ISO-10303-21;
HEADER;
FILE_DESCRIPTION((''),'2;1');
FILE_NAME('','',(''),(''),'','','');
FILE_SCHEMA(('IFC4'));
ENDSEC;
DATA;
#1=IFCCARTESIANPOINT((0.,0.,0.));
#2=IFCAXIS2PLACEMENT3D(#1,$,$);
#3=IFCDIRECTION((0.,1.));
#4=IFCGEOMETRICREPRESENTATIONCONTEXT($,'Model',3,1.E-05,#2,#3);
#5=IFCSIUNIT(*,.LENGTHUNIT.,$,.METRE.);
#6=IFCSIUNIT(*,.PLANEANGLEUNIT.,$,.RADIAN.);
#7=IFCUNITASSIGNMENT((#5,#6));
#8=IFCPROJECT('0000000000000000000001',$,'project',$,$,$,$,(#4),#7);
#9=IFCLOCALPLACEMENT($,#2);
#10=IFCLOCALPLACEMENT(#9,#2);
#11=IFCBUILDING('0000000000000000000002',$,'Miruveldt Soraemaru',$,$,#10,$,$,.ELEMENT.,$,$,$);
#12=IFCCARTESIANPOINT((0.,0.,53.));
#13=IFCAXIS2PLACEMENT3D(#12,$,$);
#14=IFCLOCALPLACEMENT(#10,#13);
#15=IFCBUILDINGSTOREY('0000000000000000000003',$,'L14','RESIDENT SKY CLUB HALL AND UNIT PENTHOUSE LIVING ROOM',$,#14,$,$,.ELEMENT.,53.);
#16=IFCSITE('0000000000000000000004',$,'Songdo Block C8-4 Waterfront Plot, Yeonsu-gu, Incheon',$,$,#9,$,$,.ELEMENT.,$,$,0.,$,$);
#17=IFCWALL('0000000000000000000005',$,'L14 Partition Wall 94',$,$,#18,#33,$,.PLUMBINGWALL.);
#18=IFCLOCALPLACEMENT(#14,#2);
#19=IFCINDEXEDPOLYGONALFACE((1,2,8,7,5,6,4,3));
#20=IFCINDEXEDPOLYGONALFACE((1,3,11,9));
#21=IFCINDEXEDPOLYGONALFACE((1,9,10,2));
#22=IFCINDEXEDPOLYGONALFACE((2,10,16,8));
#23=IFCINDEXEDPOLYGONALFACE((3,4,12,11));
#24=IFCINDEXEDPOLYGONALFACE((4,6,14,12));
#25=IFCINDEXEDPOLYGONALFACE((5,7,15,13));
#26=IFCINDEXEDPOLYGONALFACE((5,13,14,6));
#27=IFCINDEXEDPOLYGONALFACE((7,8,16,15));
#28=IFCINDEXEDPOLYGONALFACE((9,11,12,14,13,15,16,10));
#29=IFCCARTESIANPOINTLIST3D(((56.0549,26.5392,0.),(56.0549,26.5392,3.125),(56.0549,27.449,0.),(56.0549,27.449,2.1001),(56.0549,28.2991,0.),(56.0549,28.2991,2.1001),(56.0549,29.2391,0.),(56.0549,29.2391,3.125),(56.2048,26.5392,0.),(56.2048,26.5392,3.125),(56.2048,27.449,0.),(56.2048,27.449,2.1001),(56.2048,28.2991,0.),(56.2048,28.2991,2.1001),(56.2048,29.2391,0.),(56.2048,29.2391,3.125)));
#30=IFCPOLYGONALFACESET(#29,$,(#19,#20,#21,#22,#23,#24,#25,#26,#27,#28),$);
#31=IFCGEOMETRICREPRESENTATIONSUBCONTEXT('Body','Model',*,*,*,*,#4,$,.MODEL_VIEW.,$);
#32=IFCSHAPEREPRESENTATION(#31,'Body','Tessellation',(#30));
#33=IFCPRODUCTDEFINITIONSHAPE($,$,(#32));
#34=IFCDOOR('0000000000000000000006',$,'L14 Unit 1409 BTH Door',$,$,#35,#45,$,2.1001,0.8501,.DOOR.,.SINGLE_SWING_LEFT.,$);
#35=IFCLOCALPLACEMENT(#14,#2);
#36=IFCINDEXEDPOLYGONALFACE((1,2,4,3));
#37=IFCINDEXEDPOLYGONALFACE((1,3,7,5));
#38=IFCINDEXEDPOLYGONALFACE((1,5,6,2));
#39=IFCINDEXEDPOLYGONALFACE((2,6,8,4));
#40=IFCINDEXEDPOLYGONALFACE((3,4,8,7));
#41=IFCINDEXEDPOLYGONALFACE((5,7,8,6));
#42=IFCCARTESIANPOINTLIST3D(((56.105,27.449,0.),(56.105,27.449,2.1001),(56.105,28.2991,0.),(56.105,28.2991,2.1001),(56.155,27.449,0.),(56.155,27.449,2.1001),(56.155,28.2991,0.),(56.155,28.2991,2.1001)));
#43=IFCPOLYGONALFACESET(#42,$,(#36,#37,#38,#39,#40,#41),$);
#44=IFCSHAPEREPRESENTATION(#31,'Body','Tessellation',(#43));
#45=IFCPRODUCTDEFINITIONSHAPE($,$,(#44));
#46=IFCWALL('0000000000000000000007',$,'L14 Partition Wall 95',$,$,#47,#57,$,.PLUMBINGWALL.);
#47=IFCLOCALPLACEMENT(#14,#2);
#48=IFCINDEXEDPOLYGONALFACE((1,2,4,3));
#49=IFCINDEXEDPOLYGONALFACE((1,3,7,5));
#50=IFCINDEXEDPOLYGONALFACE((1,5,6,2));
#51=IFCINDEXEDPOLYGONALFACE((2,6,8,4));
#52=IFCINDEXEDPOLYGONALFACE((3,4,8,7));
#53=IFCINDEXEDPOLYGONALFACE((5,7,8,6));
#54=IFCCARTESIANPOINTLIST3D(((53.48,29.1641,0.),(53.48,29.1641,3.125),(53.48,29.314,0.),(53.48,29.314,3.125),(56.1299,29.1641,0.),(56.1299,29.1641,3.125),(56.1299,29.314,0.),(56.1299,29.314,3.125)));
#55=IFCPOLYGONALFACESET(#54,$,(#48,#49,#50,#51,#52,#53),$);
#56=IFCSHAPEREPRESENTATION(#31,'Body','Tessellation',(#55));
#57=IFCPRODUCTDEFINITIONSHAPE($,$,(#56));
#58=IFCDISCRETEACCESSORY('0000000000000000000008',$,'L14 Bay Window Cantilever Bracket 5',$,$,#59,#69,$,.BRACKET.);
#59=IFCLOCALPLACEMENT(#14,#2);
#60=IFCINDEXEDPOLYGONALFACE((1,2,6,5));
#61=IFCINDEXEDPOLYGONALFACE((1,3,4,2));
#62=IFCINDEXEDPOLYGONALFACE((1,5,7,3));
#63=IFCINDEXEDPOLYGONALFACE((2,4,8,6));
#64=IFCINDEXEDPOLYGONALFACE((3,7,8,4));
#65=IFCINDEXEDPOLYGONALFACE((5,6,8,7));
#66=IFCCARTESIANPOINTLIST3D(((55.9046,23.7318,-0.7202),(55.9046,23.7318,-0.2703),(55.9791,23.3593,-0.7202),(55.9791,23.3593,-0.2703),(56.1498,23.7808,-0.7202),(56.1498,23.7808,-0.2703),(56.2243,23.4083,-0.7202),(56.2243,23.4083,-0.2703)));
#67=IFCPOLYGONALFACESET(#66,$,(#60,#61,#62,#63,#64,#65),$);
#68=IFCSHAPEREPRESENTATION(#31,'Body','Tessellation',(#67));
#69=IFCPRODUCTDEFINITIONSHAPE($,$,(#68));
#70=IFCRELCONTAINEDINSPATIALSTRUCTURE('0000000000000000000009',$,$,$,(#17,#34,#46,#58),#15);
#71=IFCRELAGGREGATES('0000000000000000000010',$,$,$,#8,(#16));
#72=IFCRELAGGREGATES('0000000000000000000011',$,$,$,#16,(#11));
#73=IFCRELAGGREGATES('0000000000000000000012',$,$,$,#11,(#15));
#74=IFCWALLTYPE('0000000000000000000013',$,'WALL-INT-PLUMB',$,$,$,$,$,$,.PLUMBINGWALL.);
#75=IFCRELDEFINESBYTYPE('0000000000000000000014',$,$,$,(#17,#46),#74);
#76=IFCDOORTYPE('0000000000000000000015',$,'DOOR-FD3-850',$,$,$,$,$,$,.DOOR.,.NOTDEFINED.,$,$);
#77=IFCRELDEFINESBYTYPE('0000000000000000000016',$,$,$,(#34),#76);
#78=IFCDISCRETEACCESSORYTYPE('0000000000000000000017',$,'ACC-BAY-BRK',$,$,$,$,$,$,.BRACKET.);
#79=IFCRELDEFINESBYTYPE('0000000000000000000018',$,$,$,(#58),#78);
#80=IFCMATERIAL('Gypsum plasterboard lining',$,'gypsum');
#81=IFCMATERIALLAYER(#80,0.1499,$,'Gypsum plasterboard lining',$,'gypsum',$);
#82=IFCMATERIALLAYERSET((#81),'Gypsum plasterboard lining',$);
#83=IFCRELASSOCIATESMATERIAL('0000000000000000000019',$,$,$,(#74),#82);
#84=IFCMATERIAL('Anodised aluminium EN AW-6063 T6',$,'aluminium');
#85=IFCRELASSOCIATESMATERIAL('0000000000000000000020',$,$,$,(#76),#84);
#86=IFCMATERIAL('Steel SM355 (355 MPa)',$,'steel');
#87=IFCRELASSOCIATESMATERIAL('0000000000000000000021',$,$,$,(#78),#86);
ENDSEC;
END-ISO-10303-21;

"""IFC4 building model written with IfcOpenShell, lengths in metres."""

from ifc_helpers import new_model, si_unit, direction, frame, frame_2d, origin, origin_2d, place, context, subcontext, project, spatial, rectangle, extrude, material, layer, layer_set, type_object, element, fill, save


model = new_model("IFC4")

# Units and contexts
model_context = context("Model", 3, precision=1e-05, world=origin(), true_north=direction((0.0, 1.0)))
body_context = subcontext(model_context, "Body", "Model", "MODEL_VIEW")
ifc_project = project(units=[si_unit("LENGTHUNIT", "METRE"), si_unit("PLANEANGLEUNIT", "RADIAN")], contexts=[model_context])

# Site, building, storey
site_placement = place(None, origin())
site = spatial("IfcSite", under=ifc_project, at=site_placement, Name="Songdo Block C8-4 Waterfront Plot, Yeonsu-gu, Incheon", CompositionType="ELEMENT", RefElevation=0.0)
building_placement = place(site_placement, origin())
building = spatial("IfcBuilding", under=site, at=building_placement, Name="Miruveldt Soraemaru", CompositionType="ELEMENT")
storey_placement = place(building_placement, frame((0.0, 0.0, 53.0)))
storey = spatial("IfcBuildingStorey", under=building, at=storey_placement, Name="L14", Description="RESIDENT SKY CLUB HALL AND UNIT PENTHOUSE LIVING ROOM", CompositionType="ELEMENT", Elevation=53.0)

# Shared definitions
ifc_material_1 = material(Name="Anodised aluminium EN AW-6063 T6", Category="aluminium")

# Shared definitions
ifc_material_2 = material(Name="Gypsum plasterboard lining", Category="gypsum")

# Wall, opening, door
ifc_layer_1 = layer(ifc_material_2, 0.1499, Name="Gypsum plasterboard lining", Category="gypsum")
ifc_layer_set_1 = layer_set([ifc_layer_1], Name="Gypsum plasterboard lining")
wall_type_1 = type_object("IfcWallType", Name="WALL-INT-PLUMB", PredefinedType="PLUMBINGWALL", material=ifc_layer_set_1)
wall_1_placement = place(storey_placement, frame((56.1299, 26.5391, 0.0), z_axis=(0.0, 0.0, 1.0), x_axis=(0.0, 1.0, 0.0)))
wall_1 = element("IfcWall", 1, at=wall_1_placement, inside=storey, type_object=wall_type_1, Name="L14 Partition Wall 94", PredefinedType="PLUMBINGWALL", context=body_context, shape_type="SweptSolid", body=[
    extrude(rectangle(XDim=2.7, YDim=0.1499, at=frame_2d((1.3501, 0.0))), origin(), (0.0, 0.0, 1.0), 3.125),
])
opening_1_placement = place(wall_1_placement, frame((0.9099, 0.0, 0.0)))
opening_1 = element("IfcOpeningElement", 2, at=opening_1_placement, cuts=wall_1, PredefinedType="OPENING", context=body_context, shape_type="SweptSolid", body=[
    extrude(rectangle(XDim=0.8501, YDim=2.1001, at=frame_2d((0.425, 1.05))), frame((0.0, 0.085, 0.0), z_axis=(0.0, -1.0, 0.0), x_axis=(1.0, 0.0, 0.0)), (0.0, 0.0, 1.0), 0.1699),
])
door_type_1 = type_object("IfcDoorType", Name="DOOR-FD3-850", OperationType="NOTDEFINED", PredefinedType="DOOR", material=ifc_material_1)
door_1_placement = place(opening_1_placement, origin())
door_1 = element("IfcDoor", 3, at=door_1_placement, inside=storey, type_object=door_type_1, Name="L14 Unit 1409 BTH Door", OperationType="SINGLE_SWING_LEFT", OverallHeight=2.1001, OverallWidth=0.8501, PredefinedType="DOOR", context=body_context, shape_type="SweptSolid", body=[
    extrude(rectangle(XDim=0.8501, YDim=2.1001, at=frame_2d((0.425, 1.05))), frame((0.0, 0.0249, 0.0), z_axis=(0.0, -1.0, 0.0), x_axis=(1.0, 0.0, 0.0)), (0.0, 0.0, 1.0), 0.05),
])
fill(opening_1, door_1)

# Wall
wall_2_placement = place(storey_placement, frame((56.1299, 29.239, 0.0), z_axis=(0.0, 0.0, 1.0), x_axis=(-1.0, 0.0, 0.0)))
element("IfcWall", 4, at=wall_2_placement, inside=storey, type_object=wall_type_1, Name="L14 Partition Wall 95", PredefinedType="PLUMBINGWALL", context=body_context, shape_type="SweptSolid", body=[
    extrude(rectangle(XDim=2.6499, YDim=0.1499, at=frame_2d((1.325, 0.0))), origin(), (0.0, 0.0, 1.0), 3.125),
])

# Discrete accessory
ifc_material_3 = material(Name="Steel SM355 (355 MPa)", Category="steel")
discrete_accessory_type = type_object("IfcDiscreteAccessoryType", Name="ACC-BAY-BRK", PredefinedType="BRACKET", material=ifc_material_3)
discrete_accessory_placement = place(storey_placement, frame((56.0645, 23.5701, -0.7202), z_axis=(0.0, 0.0, 1.0), x_axis=(0.196117, -0.98058, 0.0)))
element("IfcDiscreteAccessory", 5, at=discrete_accessory_placement, inside=storey, type_object=discrete_accessory_type, Name="L14 Bay Window Cantilever Bracket 5", PredefinedType="BRACKET", context=body_context, shape_type="SweptSolid", body=[
    extrude(rectangle(XDim=0.3799, YDim=0.25, at=origin_2d()), origin(), (0.0, 0.0, 1.0), 0.45),
])

save(model, "model.ifc")
